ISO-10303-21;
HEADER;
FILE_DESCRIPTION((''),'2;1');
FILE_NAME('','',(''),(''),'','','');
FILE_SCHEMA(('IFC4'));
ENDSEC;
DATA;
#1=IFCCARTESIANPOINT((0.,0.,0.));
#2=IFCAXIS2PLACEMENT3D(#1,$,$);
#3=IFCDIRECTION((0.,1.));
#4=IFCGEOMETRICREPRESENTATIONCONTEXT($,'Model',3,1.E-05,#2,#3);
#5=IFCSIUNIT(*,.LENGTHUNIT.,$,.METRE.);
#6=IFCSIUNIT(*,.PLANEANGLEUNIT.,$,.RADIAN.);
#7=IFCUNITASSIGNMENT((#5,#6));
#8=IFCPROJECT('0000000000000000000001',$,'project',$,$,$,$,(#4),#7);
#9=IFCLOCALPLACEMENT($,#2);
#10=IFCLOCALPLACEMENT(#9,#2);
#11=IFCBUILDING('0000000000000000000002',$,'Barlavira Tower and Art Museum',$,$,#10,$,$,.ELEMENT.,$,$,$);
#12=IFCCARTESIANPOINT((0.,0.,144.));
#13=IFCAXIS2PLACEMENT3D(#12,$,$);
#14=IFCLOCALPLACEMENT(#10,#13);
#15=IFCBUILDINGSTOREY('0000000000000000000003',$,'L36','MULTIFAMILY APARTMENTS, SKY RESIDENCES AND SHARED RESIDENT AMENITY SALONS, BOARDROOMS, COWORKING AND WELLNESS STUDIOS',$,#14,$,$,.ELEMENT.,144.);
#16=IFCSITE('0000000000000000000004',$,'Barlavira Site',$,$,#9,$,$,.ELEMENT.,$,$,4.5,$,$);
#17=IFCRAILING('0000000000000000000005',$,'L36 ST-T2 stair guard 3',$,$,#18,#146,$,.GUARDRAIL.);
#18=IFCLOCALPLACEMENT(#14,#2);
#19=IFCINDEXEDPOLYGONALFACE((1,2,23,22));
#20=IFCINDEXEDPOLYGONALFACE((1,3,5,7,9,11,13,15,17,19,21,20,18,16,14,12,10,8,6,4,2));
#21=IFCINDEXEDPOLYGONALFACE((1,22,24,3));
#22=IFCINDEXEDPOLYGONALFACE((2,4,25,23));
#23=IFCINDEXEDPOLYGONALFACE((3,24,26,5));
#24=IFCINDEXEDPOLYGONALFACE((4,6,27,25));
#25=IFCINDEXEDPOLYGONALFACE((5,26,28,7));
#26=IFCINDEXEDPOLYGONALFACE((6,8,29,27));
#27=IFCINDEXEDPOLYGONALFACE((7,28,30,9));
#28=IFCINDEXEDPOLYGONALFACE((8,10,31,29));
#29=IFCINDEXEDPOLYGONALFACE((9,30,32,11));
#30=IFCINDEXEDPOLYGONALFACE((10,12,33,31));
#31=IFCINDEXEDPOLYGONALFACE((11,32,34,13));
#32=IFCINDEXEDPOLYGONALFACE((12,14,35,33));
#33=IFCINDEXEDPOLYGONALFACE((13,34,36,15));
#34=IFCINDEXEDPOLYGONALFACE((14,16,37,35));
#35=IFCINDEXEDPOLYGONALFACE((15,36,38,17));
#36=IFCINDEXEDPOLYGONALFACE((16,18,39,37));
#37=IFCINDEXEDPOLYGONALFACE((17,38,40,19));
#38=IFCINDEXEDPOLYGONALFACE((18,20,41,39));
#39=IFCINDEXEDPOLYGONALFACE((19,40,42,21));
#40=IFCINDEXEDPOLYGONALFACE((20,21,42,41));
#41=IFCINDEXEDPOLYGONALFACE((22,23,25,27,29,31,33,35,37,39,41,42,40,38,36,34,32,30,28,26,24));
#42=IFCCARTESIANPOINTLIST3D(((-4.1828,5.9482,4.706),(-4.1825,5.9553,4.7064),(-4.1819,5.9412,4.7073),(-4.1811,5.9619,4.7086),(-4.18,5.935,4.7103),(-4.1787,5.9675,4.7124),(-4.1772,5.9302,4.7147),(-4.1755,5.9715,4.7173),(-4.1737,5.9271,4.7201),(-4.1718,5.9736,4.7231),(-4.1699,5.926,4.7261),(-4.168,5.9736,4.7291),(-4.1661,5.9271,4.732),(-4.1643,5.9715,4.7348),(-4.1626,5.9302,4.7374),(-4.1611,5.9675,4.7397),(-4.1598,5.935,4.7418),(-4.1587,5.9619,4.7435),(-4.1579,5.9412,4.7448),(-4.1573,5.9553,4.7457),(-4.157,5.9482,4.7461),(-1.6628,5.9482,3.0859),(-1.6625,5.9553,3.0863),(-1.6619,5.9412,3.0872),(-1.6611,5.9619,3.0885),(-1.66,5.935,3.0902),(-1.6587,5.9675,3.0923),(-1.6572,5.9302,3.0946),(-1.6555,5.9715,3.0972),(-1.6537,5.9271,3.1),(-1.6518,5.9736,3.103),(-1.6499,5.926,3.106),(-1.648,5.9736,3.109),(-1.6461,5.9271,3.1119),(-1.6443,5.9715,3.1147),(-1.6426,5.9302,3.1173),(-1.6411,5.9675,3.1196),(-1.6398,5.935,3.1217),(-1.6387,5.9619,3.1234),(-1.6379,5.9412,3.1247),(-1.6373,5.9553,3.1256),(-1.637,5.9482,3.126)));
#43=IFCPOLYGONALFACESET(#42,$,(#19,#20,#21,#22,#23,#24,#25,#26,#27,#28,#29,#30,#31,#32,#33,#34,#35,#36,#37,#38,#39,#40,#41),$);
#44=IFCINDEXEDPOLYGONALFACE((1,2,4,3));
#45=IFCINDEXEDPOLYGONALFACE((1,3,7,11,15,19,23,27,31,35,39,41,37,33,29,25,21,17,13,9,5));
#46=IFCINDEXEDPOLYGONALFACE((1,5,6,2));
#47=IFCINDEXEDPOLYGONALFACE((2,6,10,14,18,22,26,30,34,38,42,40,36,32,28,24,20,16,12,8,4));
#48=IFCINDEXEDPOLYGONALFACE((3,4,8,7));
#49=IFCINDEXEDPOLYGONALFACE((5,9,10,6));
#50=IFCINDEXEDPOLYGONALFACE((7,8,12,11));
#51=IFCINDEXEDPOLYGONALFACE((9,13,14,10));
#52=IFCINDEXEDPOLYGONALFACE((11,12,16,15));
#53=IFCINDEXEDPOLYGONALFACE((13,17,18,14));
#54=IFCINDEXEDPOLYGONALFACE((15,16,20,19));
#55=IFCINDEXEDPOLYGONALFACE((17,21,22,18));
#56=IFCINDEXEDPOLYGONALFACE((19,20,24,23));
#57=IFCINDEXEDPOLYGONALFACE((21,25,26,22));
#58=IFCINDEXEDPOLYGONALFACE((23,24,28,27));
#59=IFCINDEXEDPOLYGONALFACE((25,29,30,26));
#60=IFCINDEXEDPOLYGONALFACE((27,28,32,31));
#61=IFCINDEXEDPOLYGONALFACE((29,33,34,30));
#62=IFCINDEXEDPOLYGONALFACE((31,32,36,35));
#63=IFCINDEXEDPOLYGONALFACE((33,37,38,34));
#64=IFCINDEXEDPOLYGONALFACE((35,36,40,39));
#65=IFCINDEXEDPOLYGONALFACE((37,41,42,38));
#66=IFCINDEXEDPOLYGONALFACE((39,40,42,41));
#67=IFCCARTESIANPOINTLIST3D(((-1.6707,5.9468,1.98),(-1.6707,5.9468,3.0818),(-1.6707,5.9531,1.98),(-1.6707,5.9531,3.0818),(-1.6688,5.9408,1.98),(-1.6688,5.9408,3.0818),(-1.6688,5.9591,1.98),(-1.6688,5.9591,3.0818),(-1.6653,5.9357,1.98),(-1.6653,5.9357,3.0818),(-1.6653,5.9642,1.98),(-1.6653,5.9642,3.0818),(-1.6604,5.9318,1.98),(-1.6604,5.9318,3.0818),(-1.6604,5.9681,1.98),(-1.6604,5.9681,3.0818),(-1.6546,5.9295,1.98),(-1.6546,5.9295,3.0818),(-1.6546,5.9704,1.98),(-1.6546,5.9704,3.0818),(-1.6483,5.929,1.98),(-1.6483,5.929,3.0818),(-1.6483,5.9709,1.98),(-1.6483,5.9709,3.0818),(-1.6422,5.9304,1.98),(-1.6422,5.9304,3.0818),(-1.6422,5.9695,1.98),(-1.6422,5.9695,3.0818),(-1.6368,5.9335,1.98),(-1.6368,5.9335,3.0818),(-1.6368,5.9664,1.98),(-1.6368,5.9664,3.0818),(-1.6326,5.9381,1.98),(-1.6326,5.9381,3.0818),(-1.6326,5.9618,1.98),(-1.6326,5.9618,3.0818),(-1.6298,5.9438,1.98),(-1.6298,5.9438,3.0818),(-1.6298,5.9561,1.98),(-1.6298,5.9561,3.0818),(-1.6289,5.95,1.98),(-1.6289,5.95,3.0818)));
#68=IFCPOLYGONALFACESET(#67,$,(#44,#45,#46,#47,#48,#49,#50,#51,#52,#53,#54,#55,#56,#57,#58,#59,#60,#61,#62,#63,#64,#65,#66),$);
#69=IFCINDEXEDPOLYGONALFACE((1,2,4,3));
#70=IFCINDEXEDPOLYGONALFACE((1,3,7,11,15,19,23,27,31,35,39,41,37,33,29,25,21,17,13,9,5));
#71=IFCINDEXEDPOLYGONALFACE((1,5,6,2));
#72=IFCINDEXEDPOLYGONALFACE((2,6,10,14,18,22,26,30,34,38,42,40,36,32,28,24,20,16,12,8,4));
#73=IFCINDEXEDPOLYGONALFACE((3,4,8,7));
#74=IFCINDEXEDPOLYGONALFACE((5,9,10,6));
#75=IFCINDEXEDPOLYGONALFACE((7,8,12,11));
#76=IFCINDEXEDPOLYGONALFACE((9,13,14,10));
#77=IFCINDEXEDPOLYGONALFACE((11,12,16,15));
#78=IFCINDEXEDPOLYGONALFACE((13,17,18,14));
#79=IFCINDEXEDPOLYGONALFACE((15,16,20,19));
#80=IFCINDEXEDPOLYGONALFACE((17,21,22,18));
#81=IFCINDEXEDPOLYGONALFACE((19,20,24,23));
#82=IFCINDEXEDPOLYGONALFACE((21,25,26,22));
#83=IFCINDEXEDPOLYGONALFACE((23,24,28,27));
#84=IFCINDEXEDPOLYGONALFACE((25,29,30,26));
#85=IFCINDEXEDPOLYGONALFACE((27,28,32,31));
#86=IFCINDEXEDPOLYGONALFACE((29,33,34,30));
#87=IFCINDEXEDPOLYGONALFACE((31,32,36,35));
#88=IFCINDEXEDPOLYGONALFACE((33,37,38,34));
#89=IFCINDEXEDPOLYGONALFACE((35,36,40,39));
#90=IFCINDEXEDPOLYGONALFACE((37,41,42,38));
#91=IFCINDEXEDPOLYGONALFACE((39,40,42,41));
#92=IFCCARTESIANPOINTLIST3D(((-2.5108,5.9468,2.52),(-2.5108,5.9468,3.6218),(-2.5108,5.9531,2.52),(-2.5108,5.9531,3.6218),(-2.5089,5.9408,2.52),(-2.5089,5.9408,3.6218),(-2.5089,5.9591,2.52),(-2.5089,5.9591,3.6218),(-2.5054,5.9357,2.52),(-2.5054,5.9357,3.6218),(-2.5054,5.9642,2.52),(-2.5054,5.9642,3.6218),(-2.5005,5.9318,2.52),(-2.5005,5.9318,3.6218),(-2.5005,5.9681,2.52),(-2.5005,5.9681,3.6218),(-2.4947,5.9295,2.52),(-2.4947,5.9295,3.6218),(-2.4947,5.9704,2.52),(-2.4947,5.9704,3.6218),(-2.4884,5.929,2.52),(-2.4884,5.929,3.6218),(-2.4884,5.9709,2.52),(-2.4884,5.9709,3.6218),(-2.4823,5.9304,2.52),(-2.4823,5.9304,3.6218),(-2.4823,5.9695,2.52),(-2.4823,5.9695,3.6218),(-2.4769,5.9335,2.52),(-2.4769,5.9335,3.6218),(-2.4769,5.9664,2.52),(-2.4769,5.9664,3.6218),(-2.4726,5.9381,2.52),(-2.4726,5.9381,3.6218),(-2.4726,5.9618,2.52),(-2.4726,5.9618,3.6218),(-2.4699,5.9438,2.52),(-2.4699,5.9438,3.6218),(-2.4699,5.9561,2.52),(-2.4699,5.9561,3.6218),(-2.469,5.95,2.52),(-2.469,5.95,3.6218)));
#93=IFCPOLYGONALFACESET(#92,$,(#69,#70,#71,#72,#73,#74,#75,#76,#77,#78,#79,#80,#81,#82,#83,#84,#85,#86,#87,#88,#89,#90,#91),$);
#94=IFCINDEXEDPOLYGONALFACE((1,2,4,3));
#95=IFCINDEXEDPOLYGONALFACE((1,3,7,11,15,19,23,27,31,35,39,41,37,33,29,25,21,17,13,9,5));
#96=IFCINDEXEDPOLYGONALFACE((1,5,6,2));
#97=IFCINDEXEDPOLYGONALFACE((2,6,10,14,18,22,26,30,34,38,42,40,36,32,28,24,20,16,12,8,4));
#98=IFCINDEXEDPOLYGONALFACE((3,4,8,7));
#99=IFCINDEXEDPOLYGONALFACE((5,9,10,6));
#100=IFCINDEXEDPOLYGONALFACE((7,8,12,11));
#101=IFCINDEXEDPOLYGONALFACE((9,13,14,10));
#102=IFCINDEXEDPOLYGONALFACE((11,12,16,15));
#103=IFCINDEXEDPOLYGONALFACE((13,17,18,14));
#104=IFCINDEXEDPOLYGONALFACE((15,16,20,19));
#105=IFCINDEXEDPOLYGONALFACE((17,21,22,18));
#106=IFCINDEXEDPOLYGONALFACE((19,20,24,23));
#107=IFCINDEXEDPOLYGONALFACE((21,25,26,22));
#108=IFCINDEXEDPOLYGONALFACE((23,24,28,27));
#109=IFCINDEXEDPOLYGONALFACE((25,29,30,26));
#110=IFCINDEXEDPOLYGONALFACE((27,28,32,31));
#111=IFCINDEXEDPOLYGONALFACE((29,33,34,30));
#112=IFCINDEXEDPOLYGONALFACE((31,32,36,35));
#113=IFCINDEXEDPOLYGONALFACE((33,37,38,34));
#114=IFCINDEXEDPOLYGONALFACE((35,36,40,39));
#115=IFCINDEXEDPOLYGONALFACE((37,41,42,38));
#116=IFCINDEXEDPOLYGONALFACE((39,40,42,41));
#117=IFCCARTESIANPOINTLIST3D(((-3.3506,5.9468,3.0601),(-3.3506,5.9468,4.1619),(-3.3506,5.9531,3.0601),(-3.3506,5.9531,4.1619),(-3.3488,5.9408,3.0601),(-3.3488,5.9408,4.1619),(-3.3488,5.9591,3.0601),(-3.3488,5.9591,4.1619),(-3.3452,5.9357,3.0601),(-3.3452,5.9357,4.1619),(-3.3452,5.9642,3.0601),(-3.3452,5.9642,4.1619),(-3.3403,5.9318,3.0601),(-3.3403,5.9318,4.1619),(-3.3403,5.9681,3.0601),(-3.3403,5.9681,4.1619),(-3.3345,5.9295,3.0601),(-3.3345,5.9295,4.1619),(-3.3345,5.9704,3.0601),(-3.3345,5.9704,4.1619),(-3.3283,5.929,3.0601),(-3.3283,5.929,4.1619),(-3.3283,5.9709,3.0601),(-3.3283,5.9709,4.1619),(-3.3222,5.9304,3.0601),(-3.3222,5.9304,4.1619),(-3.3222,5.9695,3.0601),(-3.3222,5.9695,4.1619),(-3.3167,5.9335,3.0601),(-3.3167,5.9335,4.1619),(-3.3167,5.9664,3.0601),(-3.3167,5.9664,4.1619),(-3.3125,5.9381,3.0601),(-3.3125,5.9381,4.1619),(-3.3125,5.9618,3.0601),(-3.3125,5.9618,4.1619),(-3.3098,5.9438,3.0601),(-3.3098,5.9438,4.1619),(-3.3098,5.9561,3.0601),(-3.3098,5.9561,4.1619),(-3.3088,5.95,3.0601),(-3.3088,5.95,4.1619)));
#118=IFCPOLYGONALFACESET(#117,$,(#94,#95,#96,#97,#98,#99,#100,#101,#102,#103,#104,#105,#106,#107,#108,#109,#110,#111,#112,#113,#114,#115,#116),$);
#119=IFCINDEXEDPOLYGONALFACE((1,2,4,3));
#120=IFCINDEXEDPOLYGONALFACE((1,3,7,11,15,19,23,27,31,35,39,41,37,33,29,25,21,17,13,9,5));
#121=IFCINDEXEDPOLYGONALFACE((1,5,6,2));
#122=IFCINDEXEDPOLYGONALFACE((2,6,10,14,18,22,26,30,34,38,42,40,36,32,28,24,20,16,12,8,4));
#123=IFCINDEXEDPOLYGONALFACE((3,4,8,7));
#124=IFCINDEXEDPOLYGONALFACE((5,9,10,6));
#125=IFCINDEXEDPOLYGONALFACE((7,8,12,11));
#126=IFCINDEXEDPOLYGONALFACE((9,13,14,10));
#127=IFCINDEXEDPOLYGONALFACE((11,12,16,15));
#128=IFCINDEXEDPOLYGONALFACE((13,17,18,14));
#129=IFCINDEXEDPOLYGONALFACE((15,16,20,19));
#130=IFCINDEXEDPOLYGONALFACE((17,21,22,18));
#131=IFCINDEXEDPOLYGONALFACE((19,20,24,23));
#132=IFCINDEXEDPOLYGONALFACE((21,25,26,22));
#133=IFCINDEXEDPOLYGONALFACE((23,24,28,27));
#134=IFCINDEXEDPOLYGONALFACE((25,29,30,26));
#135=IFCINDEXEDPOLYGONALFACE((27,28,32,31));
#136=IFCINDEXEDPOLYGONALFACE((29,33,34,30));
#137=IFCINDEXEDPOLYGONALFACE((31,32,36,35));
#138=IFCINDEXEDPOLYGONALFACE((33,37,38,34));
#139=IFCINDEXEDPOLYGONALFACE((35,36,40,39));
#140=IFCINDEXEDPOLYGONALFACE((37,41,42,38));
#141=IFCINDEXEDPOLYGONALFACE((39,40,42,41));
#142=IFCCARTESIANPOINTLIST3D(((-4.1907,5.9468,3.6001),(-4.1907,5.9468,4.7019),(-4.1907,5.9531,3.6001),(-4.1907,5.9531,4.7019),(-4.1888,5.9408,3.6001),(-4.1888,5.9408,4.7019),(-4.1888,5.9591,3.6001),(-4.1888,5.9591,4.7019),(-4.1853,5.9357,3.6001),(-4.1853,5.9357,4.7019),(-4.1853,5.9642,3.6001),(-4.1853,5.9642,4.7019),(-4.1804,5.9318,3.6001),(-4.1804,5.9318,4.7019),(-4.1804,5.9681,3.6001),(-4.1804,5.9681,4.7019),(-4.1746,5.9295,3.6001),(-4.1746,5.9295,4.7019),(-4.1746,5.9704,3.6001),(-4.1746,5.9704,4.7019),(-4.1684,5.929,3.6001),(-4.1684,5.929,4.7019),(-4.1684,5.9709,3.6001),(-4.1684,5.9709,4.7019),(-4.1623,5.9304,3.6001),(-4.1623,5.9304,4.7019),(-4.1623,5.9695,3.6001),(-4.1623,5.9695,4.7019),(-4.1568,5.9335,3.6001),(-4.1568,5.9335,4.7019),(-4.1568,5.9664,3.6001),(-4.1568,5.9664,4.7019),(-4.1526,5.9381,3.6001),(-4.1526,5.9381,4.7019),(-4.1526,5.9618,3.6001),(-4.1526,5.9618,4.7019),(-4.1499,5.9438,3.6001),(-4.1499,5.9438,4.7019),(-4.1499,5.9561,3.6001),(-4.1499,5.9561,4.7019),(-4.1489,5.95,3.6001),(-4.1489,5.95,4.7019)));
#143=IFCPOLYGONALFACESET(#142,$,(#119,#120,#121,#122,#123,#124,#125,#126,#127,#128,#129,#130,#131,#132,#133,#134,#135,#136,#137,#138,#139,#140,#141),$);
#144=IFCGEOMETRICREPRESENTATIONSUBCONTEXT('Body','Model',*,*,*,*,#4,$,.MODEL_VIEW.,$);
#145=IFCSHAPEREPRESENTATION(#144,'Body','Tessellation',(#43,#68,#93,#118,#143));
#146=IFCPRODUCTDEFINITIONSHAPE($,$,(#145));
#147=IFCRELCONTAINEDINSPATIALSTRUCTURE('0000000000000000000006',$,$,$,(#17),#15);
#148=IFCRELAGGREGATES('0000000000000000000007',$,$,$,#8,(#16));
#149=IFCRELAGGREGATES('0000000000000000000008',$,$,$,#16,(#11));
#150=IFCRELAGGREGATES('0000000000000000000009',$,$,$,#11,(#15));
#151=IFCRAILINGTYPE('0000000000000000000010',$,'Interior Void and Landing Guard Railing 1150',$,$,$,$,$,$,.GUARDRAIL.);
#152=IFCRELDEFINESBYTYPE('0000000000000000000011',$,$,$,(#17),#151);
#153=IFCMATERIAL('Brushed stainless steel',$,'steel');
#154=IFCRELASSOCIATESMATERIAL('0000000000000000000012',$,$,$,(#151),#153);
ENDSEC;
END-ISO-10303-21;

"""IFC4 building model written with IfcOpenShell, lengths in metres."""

from ifc_helpers import new_model, si_unit, direction, frame, origin, origin_2d, place, context, subcontext, project, spatial, circle, extrude, material, type_object, element, save


model = new_model("IFC4")

# Units and contexts
model_context = context("Model", 3, precision=1e-05, world=origin(), true_north=direction((0.0, 1.0)))
body_context = subcontext(model_context, "Body", "Model", "MODEL_VIEW")
ifc_project = project(units=[si_unit("LENGTHUNIT", "METRE"), si_unit("PLANEANGLEUNIT", "RADIAN")], contexts=[model_context])

# Site, building, storey
site_placement = place(None, origin())
site = spatial("IfcSite", under=ifc_project, at=site_placement, Name="Barlavira Site", CompositionType="ELEMENT", RefElevation=4.5)
building_placement = place(site_placement, origin())
building = spatial("IfcBuilding", under=site, at=building_placement, Name="Barlavira Tower and Art Museum", CompositionType="ELEMENT")
storey_placement = place(building_placement, frame((0.0, 0.0, 144.0)))
storey = spatial("IfcBuildingStorey", under=building, at=storey_placement, Name="L36", Description="MULTIFAMILY APARTMENTS, SKY RESIDENCES AND SHARED RESIDENT AMENITY SALONS, BOARDROOMS, COWORKING AND WELLNESS STUDIOS", CompositionType="ELEMENT", Elevation=144.0)

# Shared definitions
ifc_material_1 = material(Name="Brushed stainless steel", Category="steel")

# Railing
railing_type_1 = type_object("IfcRailingType", Name="Interior Void and Landing Guard Railing 1150", PredefinedType="GUARDRAIL", material=ifc_material_1)
railing_1_placement = place(storey_placement, frame((-1.6499, 5.95, 1.98)))
element("IfcRailing", 1, at=railing_1_placement, inside=storey, type_object=railing_type_1, Name="L36 ST-T2 stair guard 3", PredefinedType="GUARDRAIL", context=body_context, shape_type="SweptSolid", body=[
    extrude(circle(Radius=0.0239, at=origin_2d()), frame((0.0, 0.0, 1.126), z_axis=(-0.841163, 0.0, 0.540782), x_axis=(0.0, -1.0, 0.0)), (0.0, 0.0, 1.0), 2.9958),
    extrude(circle(Radius=0.021, at=origin_2d()), origin(), (0.0, 0.0, 1.0), 1.1018),
    extrude(circle(Radius=0.021, at=origin_2d()), frame((-0.8401, 0.0, 0.54)), (0.0, 0.0, 1.0), 1.1018),
    extrude(circle(Radius=0.021, at=origin_2d()), frame((-1.6799, 0.0, 1.0801)), (0.0, 0.0, 1.0), 1.1018),
    extrude(circle(Radius=0.021, at=origin_2d()), frame((-2.52, 0.0, 1.6201)), (0.0, 0.0, 1.0), 1.1018),
])

save(model, "model.ifc")
